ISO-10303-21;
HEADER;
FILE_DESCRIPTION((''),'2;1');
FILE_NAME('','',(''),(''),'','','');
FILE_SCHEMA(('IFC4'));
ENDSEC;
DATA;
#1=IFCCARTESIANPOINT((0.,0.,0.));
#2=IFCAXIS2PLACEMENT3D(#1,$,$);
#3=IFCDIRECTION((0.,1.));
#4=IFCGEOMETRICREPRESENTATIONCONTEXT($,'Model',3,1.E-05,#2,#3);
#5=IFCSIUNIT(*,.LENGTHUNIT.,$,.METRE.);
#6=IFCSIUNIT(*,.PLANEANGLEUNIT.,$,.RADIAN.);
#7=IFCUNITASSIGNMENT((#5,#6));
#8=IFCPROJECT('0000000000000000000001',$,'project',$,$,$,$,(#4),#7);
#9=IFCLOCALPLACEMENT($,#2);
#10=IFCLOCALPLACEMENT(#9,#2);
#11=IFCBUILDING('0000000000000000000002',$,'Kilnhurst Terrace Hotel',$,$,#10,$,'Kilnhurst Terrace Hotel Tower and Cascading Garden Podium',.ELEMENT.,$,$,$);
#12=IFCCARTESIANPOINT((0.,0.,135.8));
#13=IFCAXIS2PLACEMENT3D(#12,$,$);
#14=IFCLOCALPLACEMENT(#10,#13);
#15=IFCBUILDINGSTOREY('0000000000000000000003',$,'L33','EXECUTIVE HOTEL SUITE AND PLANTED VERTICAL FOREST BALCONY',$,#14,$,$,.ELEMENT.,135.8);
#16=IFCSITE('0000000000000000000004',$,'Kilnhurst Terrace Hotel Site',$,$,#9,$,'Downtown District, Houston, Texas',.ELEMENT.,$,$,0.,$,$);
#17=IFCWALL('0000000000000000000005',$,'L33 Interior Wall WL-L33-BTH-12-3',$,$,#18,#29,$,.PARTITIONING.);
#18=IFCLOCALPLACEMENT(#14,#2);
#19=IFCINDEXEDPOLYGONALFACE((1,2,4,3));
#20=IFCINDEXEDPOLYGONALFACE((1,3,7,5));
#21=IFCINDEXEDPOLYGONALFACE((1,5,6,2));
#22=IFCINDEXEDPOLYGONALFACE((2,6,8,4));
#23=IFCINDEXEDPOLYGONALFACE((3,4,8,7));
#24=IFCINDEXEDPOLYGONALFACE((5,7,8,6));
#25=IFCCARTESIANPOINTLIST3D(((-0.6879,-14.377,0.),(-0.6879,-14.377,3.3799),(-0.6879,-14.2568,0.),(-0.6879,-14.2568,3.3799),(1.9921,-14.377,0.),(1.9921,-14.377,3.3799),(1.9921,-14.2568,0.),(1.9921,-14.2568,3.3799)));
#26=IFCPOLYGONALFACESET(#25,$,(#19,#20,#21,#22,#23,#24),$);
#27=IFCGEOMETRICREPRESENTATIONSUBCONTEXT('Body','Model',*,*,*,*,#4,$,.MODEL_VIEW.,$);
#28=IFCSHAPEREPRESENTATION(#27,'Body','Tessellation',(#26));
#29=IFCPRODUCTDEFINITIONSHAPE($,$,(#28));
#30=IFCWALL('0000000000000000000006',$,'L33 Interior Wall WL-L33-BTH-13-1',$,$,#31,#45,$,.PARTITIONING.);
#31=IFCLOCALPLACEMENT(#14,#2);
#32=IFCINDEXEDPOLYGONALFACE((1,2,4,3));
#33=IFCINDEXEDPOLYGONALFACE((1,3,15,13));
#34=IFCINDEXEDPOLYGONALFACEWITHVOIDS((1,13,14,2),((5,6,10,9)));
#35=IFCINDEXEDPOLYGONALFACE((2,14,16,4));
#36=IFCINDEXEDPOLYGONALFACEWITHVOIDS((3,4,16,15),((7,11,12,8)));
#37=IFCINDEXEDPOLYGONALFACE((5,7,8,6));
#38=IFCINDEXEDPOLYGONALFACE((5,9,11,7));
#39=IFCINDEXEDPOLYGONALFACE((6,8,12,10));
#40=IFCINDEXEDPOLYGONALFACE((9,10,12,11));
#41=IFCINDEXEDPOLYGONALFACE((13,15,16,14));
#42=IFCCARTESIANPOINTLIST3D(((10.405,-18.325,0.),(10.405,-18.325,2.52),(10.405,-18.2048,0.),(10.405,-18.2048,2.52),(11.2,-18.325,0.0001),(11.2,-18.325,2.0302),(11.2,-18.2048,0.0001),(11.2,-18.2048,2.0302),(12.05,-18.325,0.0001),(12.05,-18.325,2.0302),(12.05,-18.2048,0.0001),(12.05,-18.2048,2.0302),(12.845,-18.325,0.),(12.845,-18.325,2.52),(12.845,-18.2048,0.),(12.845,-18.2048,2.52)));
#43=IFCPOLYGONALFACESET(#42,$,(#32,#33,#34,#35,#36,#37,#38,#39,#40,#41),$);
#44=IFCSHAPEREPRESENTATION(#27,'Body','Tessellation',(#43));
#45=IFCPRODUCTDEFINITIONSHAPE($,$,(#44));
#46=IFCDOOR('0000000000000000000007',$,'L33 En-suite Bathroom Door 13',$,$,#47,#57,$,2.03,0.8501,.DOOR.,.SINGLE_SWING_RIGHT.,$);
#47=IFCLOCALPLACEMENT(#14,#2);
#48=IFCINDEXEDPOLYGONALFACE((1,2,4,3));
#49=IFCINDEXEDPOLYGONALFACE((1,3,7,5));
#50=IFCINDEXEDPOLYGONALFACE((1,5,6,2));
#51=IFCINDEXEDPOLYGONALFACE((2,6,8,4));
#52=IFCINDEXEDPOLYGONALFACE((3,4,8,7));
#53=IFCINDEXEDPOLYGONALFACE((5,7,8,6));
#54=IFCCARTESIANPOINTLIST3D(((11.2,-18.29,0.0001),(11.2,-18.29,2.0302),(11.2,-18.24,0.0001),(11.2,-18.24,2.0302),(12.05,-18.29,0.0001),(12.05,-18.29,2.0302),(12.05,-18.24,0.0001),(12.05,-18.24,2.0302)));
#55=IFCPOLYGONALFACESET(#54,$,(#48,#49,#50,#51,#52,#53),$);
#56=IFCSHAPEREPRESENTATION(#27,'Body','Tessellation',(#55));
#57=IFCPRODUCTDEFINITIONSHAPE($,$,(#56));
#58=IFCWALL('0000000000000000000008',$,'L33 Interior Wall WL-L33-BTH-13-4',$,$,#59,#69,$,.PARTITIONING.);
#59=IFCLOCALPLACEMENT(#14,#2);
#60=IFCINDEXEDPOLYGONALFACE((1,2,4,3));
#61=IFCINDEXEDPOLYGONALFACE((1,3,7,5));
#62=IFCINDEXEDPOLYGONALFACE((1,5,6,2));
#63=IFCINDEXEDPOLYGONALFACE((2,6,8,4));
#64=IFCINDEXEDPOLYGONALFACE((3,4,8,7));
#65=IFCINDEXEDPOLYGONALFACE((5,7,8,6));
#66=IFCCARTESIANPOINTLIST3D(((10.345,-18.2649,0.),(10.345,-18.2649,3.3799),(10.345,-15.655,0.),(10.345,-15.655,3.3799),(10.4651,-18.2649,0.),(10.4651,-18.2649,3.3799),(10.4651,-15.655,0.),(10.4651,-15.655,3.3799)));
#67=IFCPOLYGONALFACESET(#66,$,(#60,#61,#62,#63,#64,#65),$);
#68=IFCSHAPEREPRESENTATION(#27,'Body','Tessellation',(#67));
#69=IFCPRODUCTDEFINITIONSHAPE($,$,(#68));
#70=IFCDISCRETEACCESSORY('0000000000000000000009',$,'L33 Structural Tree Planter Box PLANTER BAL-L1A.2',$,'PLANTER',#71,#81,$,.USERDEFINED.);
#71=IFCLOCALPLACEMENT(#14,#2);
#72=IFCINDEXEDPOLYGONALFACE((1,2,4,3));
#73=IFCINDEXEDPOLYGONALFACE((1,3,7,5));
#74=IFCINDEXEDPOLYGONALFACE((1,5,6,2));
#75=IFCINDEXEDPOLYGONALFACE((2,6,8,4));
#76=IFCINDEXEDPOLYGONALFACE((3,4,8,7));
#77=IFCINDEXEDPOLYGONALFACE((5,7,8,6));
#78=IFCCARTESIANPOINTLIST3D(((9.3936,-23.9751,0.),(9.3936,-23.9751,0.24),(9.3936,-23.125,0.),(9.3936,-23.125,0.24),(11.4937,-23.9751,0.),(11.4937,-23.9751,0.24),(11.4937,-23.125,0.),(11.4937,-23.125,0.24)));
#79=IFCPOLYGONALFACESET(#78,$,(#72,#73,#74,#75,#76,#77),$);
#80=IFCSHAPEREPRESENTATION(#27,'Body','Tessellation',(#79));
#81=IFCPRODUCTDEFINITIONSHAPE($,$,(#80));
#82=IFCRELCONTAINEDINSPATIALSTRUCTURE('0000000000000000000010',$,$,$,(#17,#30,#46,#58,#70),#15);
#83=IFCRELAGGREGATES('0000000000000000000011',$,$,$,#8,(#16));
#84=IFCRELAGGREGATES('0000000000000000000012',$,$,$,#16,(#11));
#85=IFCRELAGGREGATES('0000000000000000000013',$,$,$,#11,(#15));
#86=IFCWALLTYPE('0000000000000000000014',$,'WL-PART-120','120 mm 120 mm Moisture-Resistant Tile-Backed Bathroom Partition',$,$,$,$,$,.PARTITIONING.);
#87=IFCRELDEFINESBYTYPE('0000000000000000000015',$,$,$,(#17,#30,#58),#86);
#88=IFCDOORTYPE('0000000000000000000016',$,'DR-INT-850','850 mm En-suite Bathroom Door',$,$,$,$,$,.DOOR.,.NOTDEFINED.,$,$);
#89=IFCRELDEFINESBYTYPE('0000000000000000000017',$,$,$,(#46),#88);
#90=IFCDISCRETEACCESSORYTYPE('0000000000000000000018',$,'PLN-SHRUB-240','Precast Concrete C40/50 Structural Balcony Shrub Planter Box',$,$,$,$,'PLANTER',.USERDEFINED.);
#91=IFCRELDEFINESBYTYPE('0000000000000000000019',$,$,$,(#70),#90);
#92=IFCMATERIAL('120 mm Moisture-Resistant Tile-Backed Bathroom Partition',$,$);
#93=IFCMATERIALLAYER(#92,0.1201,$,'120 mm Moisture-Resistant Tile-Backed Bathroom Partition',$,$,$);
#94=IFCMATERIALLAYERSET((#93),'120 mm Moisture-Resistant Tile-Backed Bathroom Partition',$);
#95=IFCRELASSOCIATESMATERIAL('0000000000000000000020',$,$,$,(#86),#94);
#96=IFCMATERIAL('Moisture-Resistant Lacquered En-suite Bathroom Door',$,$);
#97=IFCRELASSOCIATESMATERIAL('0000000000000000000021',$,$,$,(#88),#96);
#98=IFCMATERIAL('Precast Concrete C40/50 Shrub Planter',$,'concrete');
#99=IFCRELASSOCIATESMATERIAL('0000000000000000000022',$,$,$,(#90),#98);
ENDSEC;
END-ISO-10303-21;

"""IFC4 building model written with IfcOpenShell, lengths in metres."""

from ifc_helpers import new_model, si_unit, direction, frame, frame_2d, origin, origin_2d, place, context, subcontext, project, spatial, rectangle, extrude, material, layer, layer_set, type_object, element, fill, save


model = new_model("IFC4")

# Units and contexts
model_context = context("Model", 3, precision=1e-05, world=origin(), true_north=direction((0.0, 1.0)))
body_context = subcontext(model_context, "Body", "Model", "MODEL_VIEW")
ifc_project = project(units=[si_unit("LENGTHUNIT", "METRE"), si_unit("PLANEANGLEUNIT", "RADIAN")], contexts=[model_context])

# Site, building, storey
site_placement = place(None, origin())
site = spatial("IfcSite", under=ifc_project, at=site_placement, Name="Kilnhurst Terrace Hotel Site", LongName="Downtown District, Houston, Texas", CompositionType="ELEMENT", RefElevation=0.0)
building_placement = place(site_placement, origin())
building = spatial("IfcBuilding", under=site, at=building_placement, Name="Kilnhurst Terrace Hotel", LongName="Kilnhurst Terrace Hotel Tower and Cascading Garden Podium", CompositionType="ELEMENT")
storey_placement = place(building_placement, frame((0.0, 0.0, 135.8)))
storey = spatial("IfcBuildingStorey", under=building, at=storey_placement, Name="L33", Description="EXECUTIVE HOTEL SUITE AND PLANTED VERTICAL FOREST BALCONY", CompositionType="ELEMENT", Elevation=135.8)

# Wall
ifc_material_1 = material(Name="120 mm Moisture-Resistant Tile-Backed Bathroom Partition")
ifc_layer_1 = layer(ifc_material_1, 0.1201, Name="120 mm Moisture-Resistant Tile-Backed Bathroom Partition")
ifc_layer_set_1 = layer_set([ifc_layer_1], Name="120 mm Moisture-Resistant Tile-Backed Bathroom Partition")
wall_type_1 = type_object("IfcWallType", Name="WL-PART-120", Description="120 mm 120 mm Moisture-Resistant Tile-Backed Bathroom Partition", PredefinedType="PARTITIONING", material=ifc_layer_set_1)
wall_1_placement = place(storey_placement, frame((1.9919, -14.3169, 0.0), z_axis=(0.0, 0.0, 1.0), x_axis=(-1.0, 0.0, 0.0)))
element("IfcWall", 1, at=wall_1_placement, inside=storey, type_object=wall_type_1, Name="L33 Interior Wall WL-L33-BTH-12-3", PredefinedType="PARTITIONING", context=body_context, shape_type="SweptSolid", body=[
    extrude(rectangle(XDim=2.6799, YDim=0.1201, at=frame_2d((1.3398, 0.0))), origin(), (0.0, 0.0, 1.0), 3.3799),
])

# Wall, opening, door
wall_2_placement = place(storey_placement, frame((10.405, -18.2649, 0.0), z_axis=(0.0, 0.0, 1.0), x_axis=(1.0, 0.0, 0.0)))
wall_2 = element("IfcWall", 2, at=wall_2_placement, inside=storey, type_object=wall_type_1, Name="L33 Interior Wall WL-L33-BTH-13-1", PredefinedType="PARTITIONING", context=body_context, shape_type="SweptSolid", body=[
    extrude(rectangle(XDim=2.4399, YDim=0.1201, at=frame_2d((1.22, 0.0))), origin(), (0.0, 0.0, 1.0), 2.52),
])
opening_placement = place(wall_2_placement, frame((0.7949, 0.0, 0.0)))
opening = element("IfcOpeningElement", 3, at=opening_placement, cuts=wall_2, PredefinedType="OPENING", context=body_context, shape_type="SweptSolid", body=[
    extrude(rectangle(XDim=0.8501, YDim=2.03, at=frame_2d((0.425, 1.0151))), frame((0.0, 0.0701, 0.0), z_axis=(0.0, -1.0, 0.0), x_axis=(1.0, 0.0, 0.0)), (0.0, 0.0, 1.0), 0.1401),
])
ifc_material_2 = material(Name="Moisture-Resistant Lacquered En-suite Bathroom Door")
door_type = type_object("IfcDoorType", Name="DR-INT-850", Description="850 mm En-suite Bathroom Door", OperationType="NOTDEFINED", PredefinedType="DOOR", material=ifc_material_2)
door_placement = place(opening_placement, origin())
door = element("IfcDoor", 4, at=door_placement, inside=storey, type_object=door_type, Name="L33 En-suite Bathroom Door 13", OperationType="SINGLE_SWING_RIGHT", OverallHeight=2.03, OverallWidth=0.8501, PredefinedType="DOOR", context=body_context, shape_type="SweptSolid", body=[
    extrude(rectangle(XDim=0.8501, YDim=2.03, at=frame_2d((0.425, 1.0151))), frame((0.0, 0.0249, 0.0), z_axis=(0.0, -1.0, 0.0), x_axis=(1.0, 0.0, 0.0)), (0.0, 0.0, 1.0), 0.05),
])
fill(opening, door)

# Wall
wall_3_placement = place(storey_placement, frame((10.405, -15.655, 0.0), z_axis=(0.0, 0.0, 1.0), x_axis=(0.0, -1.0, 0.0)))
element("IfcWall", 5, at=wall_3_placement, inside=storey, type_object=wall_type_1, Name="L33 Interior Wall WL-L33-BTH-13-4", PredefinedType="PARTITIONING", context=body_context, shape_type="SweptSolid", body=[
    extrude(rectangle(XDim=2.6099, YDim=0.1201, at=frame_2d((1.3049, 0.0))), origin(), (0.0, 0.0, 1.0), 3.3799),
])

# Discrete accessory
ifc_material_3 = material(Name="Precast Concrete C40/50 Shrub Planter", Category="concrete")
discrete_accessory_type = type_object("IfcDiscreteAccessoryType", Name="PLN-SHRUB-240", Description="Precast Concrete C40/50 Structural Balcony Shrub Planter Box", ElementType="PLANTER", PredefinedType="USERDEFINED", material=ifc_material_3)
discrete_accessory_placement = place(storey_placement, frame((10.4436, -23.55, 0.0), z_axis=(0.0, 0.0, 1.0), x_axis=(1.0, 0.0, 0.0)))
element("IfcDiscreteAccessory", 6, at=discrete_accessory_placement, inside=storey, type_object=discrete_accessory_type, Name="L33 Structural Tree Planter Box PLANTER BAL-L1A.2", ObjectType="PLANTER", PredefinedType="USERDEFINED", context=body_context, shape_type="SweptSolid", body=[
    extrude(rectangle(XDim=2.1001, YDim=0.8501, at=origin_2d()), origin(), (0.0, 0.0, 1.0), 0.24),
])

save(model, "model.ifc")
